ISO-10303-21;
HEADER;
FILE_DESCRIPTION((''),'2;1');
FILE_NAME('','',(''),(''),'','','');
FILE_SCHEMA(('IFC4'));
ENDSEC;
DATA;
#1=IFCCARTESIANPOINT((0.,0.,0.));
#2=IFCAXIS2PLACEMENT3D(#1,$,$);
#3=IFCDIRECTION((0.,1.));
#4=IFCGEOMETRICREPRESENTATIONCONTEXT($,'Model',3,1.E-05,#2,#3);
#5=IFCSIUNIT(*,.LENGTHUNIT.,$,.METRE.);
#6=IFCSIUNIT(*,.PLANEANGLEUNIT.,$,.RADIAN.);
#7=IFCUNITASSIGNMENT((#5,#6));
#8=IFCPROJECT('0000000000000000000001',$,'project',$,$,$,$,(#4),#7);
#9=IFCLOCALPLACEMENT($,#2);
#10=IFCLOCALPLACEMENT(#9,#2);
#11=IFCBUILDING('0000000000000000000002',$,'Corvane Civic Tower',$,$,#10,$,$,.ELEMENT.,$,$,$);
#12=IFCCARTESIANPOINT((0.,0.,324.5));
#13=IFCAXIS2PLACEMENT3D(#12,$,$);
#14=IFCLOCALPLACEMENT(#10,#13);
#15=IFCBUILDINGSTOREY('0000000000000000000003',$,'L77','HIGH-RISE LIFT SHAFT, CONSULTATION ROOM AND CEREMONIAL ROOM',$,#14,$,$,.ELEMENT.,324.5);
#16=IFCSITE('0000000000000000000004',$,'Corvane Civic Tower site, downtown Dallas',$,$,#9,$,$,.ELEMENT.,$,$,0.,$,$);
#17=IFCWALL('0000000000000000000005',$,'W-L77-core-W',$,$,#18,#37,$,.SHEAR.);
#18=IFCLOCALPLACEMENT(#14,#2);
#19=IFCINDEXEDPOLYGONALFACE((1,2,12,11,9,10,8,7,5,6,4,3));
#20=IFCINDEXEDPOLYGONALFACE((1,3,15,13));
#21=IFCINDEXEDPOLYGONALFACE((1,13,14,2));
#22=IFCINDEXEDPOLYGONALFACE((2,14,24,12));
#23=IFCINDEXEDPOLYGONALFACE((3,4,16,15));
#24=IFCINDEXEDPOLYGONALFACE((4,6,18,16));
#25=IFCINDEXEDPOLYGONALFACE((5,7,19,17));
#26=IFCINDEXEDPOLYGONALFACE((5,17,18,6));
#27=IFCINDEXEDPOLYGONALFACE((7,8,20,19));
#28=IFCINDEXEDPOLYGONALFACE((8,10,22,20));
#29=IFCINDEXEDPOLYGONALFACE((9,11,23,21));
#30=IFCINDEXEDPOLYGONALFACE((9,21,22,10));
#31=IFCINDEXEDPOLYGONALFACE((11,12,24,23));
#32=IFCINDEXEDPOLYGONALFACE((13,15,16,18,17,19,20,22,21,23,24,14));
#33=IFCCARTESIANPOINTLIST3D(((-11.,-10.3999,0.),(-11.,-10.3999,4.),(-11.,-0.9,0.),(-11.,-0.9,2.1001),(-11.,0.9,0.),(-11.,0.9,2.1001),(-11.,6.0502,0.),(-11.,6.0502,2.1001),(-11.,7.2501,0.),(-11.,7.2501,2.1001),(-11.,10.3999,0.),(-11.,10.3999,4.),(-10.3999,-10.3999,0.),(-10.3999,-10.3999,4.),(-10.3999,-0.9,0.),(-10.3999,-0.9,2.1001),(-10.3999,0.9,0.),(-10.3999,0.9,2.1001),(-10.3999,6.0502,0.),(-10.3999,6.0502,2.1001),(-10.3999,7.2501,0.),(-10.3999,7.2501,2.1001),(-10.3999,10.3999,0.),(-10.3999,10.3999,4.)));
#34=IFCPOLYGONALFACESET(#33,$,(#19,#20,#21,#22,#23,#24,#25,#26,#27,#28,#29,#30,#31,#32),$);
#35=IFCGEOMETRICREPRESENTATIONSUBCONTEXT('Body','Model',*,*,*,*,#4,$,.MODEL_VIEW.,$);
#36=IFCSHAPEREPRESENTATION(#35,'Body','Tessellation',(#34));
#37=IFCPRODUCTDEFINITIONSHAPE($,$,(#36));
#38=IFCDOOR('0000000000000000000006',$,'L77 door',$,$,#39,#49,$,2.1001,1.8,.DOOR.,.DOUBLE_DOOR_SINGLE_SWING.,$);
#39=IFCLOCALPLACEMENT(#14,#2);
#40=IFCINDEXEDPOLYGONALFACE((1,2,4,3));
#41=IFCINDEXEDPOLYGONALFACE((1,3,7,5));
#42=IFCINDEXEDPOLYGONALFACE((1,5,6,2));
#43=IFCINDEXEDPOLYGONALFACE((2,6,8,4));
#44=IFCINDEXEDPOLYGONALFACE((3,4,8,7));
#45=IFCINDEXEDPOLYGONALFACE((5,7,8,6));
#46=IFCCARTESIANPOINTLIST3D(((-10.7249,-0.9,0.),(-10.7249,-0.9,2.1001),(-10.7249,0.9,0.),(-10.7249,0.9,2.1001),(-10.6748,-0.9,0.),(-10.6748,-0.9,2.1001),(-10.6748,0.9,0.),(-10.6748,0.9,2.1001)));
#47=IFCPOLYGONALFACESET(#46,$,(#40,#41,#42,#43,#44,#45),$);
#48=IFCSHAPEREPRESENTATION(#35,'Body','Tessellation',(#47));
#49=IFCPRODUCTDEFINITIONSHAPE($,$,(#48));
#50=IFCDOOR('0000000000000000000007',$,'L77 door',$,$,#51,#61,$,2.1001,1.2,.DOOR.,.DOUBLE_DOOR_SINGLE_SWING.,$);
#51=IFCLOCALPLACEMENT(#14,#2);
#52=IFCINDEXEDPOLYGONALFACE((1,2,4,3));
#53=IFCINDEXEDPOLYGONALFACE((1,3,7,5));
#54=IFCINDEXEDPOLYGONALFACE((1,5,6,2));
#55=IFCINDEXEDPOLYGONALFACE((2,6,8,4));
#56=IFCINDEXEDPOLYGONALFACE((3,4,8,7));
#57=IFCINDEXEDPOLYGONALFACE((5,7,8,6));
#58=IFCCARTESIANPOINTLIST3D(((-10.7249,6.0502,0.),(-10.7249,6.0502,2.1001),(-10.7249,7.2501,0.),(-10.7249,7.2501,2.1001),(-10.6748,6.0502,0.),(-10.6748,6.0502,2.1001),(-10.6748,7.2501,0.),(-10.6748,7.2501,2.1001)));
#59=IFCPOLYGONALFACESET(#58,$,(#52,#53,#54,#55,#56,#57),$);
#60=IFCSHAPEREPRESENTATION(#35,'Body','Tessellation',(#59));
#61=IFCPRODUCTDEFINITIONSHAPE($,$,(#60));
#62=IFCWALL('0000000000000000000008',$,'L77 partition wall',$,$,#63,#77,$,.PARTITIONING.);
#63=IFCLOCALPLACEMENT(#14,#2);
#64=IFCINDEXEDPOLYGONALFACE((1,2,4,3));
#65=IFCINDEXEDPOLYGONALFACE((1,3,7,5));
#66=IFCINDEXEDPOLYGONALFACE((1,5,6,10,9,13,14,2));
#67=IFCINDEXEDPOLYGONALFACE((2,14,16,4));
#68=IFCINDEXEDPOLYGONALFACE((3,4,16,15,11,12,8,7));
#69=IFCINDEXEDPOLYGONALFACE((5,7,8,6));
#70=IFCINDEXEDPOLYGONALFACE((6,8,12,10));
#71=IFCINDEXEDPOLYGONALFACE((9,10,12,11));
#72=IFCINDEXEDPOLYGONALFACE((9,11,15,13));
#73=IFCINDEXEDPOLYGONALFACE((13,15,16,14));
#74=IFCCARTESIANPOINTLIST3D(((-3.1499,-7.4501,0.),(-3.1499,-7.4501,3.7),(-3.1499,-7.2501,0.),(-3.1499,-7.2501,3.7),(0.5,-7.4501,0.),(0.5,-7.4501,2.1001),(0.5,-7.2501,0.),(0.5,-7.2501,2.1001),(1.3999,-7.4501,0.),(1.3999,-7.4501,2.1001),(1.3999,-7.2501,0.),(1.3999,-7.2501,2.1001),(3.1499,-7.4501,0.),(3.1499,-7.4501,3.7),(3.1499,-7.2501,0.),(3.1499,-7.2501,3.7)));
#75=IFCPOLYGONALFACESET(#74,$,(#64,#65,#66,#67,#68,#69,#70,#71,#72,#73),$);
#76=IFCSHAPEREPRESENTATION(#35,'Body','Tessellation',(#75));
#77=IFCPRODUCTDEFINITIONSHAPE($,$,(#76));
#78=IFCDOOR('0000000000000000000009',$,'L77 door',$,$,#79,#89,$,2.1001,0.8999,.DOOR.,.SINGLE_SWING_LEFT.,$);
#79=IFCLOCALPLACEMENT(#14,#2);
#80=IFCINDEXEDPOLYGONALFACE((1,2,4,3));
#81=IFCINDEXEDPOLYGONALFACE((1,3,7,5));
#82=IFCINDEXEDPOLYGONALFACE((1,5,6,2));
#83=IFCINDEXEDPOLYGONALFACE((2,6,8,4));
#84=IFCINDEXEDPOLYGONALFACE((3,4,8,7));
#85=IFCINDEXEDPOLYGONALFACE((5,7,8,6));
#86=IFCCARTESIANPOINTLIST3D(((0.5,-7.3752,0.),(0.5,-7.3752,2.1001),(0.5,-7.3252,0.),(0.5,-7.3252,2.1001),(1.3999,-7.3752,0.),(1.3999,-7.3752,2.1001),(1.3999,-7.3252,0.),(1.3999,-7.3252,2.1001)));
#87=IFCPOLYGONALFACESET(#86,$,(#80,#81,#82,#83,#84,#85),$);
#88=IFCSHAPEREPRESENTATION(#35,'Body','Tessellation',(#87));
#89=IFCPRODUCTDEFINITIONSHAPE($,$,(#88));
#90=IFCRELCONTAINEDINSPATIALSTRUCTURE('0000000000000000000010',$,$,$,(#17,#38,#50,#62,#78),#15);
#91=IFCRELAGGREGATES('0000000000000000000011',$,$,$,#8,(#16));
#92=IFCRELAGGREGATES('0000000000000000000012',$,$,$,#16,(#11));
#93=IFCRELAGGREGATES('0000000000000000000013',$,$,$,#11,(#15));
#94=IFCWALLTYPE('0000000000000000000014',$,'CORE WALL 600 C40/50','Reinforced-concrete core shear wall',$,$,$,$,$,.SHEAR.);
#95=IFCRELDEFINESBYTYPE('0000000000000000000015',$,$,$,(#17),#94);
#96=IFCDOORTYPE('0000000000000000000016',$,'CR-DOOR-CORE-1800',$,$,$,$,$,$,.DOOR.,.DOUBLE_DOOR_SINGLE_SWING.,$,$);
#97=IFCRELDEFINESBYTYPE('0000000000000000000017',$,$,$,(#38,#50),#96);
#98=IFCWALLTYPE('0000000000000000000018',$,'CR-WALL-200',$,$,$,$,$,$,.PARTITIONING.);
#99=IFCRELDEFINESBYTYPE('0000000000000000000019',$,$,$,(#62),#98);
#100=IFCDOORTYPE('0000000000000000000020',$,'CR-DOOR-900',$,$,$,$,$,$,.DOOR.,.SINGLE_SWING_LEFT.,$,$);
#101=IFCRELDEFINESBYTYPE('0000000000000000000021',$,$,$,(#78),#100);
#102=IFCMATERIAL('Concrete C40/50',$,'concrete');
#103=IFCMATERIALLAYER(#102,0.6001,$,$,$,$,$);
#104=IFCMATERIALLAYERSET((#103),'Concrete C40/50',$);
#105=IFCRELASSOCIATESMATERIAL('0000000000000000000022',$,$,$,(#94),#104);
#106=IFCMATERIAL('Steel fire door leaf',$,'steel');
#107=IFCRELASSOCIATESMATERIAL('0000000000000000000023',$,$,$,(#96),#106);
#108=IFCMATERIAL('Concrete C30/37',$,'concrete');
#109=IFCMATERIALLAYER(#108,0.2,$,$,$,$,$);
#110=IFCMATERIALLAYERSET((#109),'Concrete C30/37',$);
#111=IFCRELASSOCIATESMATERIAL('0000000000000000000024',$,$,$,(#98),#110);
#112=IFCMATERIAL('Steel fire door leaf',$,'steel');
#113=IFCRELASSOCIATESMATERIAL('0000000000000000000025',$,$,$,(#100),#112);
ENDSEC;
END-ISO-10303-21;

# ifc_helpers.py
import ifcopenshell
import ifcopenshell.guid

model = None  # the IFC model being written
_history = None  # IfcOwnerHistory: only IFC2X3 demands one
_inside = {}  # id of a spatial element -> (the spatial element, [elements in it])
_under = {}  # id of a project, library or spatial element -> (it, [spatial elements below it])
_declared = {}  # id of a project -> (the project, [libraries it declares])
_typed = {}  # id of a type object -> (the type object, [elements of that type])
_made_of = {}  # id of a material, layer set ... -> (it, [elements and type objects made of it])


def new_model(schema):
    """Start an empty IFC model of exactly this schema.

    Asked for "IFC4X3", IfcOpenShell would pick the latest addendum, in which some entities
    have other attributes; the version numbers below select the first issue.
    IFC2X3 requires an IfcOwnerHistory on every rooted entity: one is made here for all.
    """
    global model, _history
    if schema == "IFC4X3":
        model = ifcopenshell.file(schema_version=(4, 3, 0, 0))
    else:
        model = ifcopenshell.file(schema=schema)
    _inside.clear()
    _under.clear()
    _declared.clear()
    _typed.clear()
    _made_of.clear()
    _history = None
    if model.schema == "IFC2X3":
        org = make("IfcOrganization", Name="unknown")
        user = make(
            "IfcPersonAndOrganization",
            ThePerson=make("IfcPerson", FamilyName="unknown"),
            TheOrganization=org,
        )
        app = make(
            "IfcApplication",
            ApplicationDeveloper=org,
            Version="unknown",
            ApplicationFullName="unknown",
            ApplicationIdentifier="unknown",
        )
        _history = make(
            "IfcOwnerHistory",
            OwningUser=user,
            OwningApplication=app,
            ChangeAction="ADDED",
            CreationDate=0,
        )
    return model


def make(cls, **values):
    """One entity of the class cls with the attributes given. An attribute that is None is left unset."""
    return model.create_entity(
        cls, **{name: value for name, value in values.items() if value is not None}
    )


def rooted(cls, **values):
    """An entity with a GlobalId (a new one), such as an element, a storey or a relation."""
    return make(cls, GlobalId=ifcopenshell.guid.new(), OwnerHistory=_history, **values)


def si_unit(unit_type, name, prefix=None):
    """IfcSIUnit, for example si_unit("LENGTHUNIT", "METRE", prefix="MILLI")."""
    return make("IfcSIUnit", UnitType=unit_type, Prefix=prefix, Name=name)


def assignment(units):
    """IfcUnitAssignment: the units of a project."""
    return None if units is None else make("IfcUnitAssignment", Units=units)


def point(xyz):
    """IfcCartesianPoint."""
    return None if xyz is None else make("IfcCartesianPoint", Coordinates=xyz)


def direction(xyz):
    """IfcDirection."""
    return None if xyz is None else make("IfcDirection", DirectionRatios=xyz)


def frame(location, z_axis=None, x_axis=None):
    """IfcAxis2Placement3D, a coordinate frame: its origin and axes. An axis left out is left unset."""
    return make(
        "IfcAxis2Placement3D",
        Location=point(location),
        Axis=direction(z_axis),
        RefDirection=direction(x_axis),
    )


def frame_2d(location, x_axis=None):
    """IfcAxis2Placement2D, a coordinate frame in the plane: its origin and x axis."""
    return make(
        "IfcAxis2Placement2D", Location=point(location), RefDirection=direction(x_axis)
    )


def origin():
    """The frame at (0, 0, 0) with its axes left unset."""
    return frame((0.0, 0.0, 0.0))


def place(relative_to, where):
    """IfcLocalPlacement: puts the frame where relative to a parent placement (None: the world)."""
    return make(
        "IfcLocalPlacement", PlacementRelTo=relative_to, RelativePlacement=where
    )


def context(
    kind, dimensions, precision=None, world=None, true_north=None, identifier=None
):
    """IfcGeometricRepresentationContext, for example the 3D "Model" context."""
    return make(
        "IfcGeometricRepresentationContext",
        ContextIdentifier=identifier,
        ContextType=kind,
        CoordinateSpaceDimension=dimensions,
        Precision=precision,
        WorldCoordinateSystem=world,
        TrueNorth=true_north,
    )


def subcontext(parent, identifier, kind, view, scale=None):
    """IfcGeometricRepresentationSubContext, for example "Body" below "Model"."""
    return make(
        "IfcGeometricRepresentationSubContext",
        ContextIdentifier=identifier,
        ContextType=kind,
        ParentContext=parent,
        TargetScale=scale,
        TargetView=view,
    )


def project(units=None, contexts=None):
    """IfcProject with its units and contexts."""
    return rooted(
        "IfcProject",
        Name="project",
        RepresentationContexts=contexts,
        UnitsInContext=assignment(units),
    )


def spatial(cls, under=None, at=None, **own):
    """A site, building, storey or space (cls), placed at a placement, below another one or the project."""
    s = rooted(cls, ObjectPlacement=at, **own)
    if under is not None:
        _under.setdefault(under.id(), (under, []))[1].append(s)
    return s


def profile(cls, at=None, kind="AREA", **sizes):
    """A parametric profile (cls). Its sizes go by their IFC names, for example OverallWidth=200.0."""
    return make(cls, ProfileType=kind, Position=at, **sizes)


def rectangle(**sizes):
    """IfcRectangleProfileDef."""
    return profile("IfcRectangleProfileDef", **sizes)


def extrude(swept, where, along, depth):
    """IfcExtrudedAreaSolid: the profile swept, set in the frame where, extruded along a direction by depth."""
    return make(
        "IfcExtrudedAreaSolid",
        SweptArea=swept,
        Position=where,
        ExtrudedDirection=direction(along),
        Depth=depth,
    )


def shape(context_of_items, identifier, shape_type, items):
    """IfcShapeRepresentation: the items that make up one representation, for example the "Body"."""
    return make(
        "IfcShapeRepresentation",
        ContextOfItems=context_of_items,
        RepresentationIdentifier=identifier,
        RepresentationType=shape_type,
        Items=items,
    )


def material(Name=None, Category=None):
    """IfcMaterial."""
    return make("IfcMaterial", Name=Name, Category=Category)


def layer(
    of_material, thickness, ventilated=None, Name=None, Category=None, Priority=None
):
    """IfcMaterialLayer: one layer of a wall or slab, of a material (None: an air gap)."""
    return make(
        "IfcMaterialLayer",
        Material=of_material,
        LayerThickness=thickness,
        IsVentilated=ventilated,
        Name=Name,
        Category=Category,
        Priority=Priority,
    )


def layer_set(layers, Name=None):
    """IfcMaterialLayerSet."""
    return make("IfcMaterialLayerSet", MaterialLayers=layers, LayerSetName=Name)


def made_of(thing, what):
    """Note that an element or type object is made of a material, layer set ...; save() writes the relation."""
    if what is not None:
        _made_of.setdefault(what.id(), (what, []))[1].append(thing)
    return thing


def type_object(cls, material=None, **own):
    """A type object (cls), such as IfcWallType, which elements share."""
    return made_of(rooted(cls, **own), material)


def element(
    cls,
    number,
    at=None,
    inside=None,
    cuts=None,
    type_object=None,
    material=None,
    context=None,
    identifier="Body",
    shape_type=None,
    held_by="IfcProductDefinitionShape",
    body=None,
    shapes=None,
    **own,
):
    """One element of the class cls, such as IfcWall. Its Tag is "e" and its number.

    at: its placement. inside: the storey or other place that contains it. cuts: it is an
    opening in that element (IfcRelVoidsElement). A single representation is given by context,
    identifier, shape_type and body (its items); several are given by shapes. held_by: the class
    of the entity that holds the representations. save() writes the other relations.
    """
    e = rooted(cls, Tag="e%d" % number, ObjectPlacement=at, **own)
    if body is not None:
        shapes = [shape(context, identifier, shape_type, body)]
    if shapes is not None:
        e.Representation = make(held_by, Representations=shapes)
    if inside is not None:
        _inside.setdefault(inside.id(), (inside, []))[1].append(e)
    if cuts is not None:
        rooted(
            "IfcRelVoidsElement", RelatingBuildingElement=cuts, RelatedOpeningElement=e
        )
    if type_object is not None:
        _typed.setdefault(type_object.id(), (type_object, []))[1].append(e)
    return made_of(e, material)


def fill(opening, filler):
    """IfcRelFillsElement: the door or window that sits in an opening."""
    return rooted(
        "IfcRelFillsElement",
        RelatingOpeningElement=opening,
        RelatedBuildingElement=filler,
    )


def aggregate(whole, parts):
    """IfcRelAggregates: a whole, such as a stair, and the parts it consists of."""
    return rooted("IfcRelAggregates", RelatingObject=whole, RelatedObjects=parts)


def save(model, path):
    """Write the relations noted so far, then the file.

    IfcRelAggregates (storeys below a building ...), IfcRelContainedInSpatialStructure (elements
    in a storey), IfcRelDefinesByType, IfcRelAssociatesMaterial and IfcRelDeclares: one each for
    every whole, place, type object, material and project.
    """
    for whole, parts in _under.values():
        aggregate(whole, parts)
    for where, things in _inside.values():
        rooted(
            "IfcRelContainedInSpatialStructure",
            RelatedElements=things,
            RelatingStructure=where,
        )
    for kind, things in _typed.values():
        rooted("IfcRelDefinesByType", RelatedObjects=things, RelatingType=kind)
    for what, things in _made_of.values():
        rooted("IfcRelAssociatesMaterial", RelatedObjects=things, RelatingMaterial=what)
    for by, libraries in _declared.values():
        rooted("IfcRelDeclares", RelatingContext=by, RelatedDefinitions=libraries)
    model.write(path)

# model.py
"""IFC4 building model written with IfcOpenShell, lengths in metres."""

from ifc_helpers import new_model, si_unit, direction, frame, frame_2d, origin, place, context, subcontext, project, spatial, rectangle, extrude, material, layer, layer_set, type_object, element, fill, save


model = new_model("IFC4")

# Units and contexts
model_context = context("Model", 3, precision=1e-05, world=origin(), true_north=direction((0.0, 1.0)))
body_context = subcontext(model_context, "Body", "Model", "MODEL_VIEW")
ifc_project = project(units=[si_unit("LENGTHUNIT", "METRE"), si_unit("PLANEANGLEUNIT", "RADIAN")], contexts=[model_context])

# Site, building, storey
site_placement = place(None, origin())
site = spatial("IfcSite", under=ifc_project, at=site_placement, Name="Corvane Civic Tower site, downtown Dallas", CompositionType="ELEMENT", RefElevation=0.0)
building_placement = place(site_placement, origin())
building = spatial("IfcBuilding", under=site, at=building_placement, Name="Corvane Civic Tower", CompositionType="ELEMENT")
storey_placement = place(building_placement, frame((0.0, 0.0, 324.5)))
storey = spatial("IfcBuildingStorey", under=building, at=storey_placement, Name="L77", Description="HIGH-RISE LIFT SHAFT, CONSULTATION ROOM AND CEREMONIAL ROOM", CompositionType="ELEMENT", Elevation=324.5)

# Shared definitions
ifc_material_1 = material(Name="Concrete C40/50", Category="concrete")
ifc_layer_1 = layer(ifc_material_1, 0.6001)
ifc_layer_set_1 = layer_set([ifc_layer_1], Name="Concrete C40/50")
wall_type_1 = type_object("IfcWallType", Name="CORE WALL 600 C40/50", Description="Reinforced-concrete core shear wall", PredefinedType="SHEAR", material=ifc_layer_set_1)

# Wall, openings, doors
wall_1_placement = place(storey_placement, frame((-10.7, -10.3999, 0.0), z_axis=(0.0, 0.0, 1.0), x_axis=(0.0, 1.0, 0.0)))
wall_1 = element("IfcWall", 1, at=wall_1_placement, inside=storey, type_object=wall_type_1, Name="W-L77-core-W", PredefinedType="SHEAR", context=body_context, shape_type="SweptSolid", body=[
    extrude(rectangle(XDim=20.7998, YDim=0.6001, at=frame_2d((10.3999, 0.0))), origin(), (0.0, 0.0, 1.0), 4.0),
])
opening_1_placement = place(wall_1_placement, frame((9.5, 0.0, 0.0)))
opening_1 = element("IfcOpeningElement", 2, at=opening_1_placement, cuts=wall_1, PredefinedType="OPENING", context=body_context, shape_type="SweptSolid", body=[
    extrude(rectangle(XDim=1.8, YDim=2.1001, at=frame_2d((0.8999, 1.05))), frame((0.0, 0.3101, 0.0), z_axis=(0.0, -1.0, 0.0), x_axis=(1.0, 0.0, 0.0)), (0.0, 0.0, 1.0), 0.6201),
])
opening_2_placement = place(wall_1_placement, frame((16.45, 0.0, 0.0)))
opening_2 = element("IfcOpeningElement", 3, at=opening_2_placement, cuts=wall_1, PredefinedType="OPENING", context=body_context, shape_type="SweptSolid", body=[
    extrude(rectangle(XDim=1.2, YDim=2.1001, at=frame_2d((0.6001, 1.05))), frame((0.0, 0.3101, 0.0), z_axis=(0.0, -1.0, 0.0), x_axis=(1.0, 0.0, 0.0)), (0.0, 0.0, 1.0), 0.6201),
])
ifc_material_2 = material(Name="Steel fire door leaf", Category="steel")
door_type_1 = type_object("IfcDoorType", Name="CR-DOOR-CORE-1800", OperationType="DOUBLE_DOOR_SINGLE_SWING", PredefinedType="DOOR", material=ifc_material_2)
door_1_placement = place(opening_1_placement, origin())
door_1 = element("IfcDoor", 4, at=door_1_placement, inside=storey, type_object=door_type_1, Name="L77 door", OperationType="DOUBLE_DOOR_SINGLE_SWING", OverallHeight=2.1001, OverallWidth=1.8, PredefinedType="DOOR", context=body_context, shape_type="SweptSolid", body=[
    extrude(rectangle(XDim=1.8, YDim=2.1001, at=frame_2d((0.8999, 1.05))), frame((0.0, 0.0249, 0.0), z_axis=(0.0, -1.0, 0.0), x_axis=(1.0, 0.0, 0.0)), (0.0, 0.0, 1.0), 0.05),
])
fill(opening_1, door_1)
door_2_placement = place(opening_2_placement, origin())
door_2 = element("IfcDoor", 5, at=door_2_placement, inside=storey, type_object=door_type_1, Name="L77 door", OperationType="DOUBLE_DOOR_SINGLE_SWING", OverallHeight=2.1001, OverallWidth=1.2, PredefinedType="DOOR", context=body_context, shape_type="SweptSolid", body=[
    extrude(rectangle(XDim=1.2, YDim=2.1001, at=frame_2d((0.6001, 1.05))), frame((0.0, 0.0249, 0.0), z_axis=(0.0, -1.0, 0.0), x_axis=(1.0, 0.0, 0.0)), (0.0, 0.0, 1.0), 0.05),
])
fill(opening_2, door_2)

# Wall, opening, door
ifc_material_3 = material(Name="Concrete C30/37", Category="concrete")
ifc_layer_2 = layer(ifc_material_3, 0.2)
ifc_layer_set_2 = layer_set([ifc_layer_2], Name="Concrete C30/37")
wall_type_2 = type_object("IfcWallType", Name="CR-WALL-200", PredefinedType="PARTITIONING", material=ifc_layer_set_2)
wall_2_placement = place(storey_placement, frame((-3.1499, -7.3501, 0.0), z_axis=(0.0, 0.0, 1.0), x_axis=(1.0, 0.0, 0.0)))
wall_2 = element("IfcWall", 6, at=wall_2_placement, inside=storey, type_object=wall_type_2, Name="L77 partition wall", PredefinedType="PARTITIONING", context=body_context, shape_type="SweptSolid", body=[
    extrude(rectangle(XDim=6.2998, YDim=0.2, at=frame_2d((3.1499, 0.0))), origin(), (0.0, 0.0, 1.0), 3.7),
])
opening_3_placement = place(wall_2_placement, frame((3.6499, 0.0, 0.0)))
opening_3 = element("IfcOpeningElement", 7, at=opening_3_placement, cuts=wall_2, PredefinedType="OPENING", context=body_context, shape_type="SweptSolid", body=[
    extrude(rectangle(XDim=0.8999, YDim=2.1001, at=frame_2d((0.45, 1.05))), frame((0.0, 0.1099, 0.0), z_axis=(0.0, -1.0, 0.0), x_axis=(1.0, 0.0, 0.0)), (0.0, 0.0, 1.0), 0.22),
])
ifc_material_4 = material(Name="Steel fire door leaf", Category="steel")
door_type_2 = type_object("IfcDoorType", Name="CR-DOOR-900", OperationType="SINGLE_SWING_LEFT", PredefinedType="DOOR", material=ifc_material_4)
door_3_placement = place(opening_3_placement, origin())
door_3 = element("IfcDoor", 8, at=door_3_placement, inside=storey, type_object=door_type_2, Name="L77 door", OperationType="SINGLE_SWING_LEFT", OverallHeight=2.1001, OverallWidth=0.8999, PredefinedType="DOOR", context=body_context, shape_type="SweptSolid", body=[
    extrude(rectangle(XDim=0.8999, YDim=2.1001, at=frame_2d((0.45, 1.05))), frame((0.0, 0.0249, 0.0), z_axis=(0.0, -1.0, 0.0), x_axis=(1.0, 0.0, 0.0)), (0.0, 0.0, 1.0), 0.05),
])
fill(opening_3, door_3)

save(model, "model.ifc")
